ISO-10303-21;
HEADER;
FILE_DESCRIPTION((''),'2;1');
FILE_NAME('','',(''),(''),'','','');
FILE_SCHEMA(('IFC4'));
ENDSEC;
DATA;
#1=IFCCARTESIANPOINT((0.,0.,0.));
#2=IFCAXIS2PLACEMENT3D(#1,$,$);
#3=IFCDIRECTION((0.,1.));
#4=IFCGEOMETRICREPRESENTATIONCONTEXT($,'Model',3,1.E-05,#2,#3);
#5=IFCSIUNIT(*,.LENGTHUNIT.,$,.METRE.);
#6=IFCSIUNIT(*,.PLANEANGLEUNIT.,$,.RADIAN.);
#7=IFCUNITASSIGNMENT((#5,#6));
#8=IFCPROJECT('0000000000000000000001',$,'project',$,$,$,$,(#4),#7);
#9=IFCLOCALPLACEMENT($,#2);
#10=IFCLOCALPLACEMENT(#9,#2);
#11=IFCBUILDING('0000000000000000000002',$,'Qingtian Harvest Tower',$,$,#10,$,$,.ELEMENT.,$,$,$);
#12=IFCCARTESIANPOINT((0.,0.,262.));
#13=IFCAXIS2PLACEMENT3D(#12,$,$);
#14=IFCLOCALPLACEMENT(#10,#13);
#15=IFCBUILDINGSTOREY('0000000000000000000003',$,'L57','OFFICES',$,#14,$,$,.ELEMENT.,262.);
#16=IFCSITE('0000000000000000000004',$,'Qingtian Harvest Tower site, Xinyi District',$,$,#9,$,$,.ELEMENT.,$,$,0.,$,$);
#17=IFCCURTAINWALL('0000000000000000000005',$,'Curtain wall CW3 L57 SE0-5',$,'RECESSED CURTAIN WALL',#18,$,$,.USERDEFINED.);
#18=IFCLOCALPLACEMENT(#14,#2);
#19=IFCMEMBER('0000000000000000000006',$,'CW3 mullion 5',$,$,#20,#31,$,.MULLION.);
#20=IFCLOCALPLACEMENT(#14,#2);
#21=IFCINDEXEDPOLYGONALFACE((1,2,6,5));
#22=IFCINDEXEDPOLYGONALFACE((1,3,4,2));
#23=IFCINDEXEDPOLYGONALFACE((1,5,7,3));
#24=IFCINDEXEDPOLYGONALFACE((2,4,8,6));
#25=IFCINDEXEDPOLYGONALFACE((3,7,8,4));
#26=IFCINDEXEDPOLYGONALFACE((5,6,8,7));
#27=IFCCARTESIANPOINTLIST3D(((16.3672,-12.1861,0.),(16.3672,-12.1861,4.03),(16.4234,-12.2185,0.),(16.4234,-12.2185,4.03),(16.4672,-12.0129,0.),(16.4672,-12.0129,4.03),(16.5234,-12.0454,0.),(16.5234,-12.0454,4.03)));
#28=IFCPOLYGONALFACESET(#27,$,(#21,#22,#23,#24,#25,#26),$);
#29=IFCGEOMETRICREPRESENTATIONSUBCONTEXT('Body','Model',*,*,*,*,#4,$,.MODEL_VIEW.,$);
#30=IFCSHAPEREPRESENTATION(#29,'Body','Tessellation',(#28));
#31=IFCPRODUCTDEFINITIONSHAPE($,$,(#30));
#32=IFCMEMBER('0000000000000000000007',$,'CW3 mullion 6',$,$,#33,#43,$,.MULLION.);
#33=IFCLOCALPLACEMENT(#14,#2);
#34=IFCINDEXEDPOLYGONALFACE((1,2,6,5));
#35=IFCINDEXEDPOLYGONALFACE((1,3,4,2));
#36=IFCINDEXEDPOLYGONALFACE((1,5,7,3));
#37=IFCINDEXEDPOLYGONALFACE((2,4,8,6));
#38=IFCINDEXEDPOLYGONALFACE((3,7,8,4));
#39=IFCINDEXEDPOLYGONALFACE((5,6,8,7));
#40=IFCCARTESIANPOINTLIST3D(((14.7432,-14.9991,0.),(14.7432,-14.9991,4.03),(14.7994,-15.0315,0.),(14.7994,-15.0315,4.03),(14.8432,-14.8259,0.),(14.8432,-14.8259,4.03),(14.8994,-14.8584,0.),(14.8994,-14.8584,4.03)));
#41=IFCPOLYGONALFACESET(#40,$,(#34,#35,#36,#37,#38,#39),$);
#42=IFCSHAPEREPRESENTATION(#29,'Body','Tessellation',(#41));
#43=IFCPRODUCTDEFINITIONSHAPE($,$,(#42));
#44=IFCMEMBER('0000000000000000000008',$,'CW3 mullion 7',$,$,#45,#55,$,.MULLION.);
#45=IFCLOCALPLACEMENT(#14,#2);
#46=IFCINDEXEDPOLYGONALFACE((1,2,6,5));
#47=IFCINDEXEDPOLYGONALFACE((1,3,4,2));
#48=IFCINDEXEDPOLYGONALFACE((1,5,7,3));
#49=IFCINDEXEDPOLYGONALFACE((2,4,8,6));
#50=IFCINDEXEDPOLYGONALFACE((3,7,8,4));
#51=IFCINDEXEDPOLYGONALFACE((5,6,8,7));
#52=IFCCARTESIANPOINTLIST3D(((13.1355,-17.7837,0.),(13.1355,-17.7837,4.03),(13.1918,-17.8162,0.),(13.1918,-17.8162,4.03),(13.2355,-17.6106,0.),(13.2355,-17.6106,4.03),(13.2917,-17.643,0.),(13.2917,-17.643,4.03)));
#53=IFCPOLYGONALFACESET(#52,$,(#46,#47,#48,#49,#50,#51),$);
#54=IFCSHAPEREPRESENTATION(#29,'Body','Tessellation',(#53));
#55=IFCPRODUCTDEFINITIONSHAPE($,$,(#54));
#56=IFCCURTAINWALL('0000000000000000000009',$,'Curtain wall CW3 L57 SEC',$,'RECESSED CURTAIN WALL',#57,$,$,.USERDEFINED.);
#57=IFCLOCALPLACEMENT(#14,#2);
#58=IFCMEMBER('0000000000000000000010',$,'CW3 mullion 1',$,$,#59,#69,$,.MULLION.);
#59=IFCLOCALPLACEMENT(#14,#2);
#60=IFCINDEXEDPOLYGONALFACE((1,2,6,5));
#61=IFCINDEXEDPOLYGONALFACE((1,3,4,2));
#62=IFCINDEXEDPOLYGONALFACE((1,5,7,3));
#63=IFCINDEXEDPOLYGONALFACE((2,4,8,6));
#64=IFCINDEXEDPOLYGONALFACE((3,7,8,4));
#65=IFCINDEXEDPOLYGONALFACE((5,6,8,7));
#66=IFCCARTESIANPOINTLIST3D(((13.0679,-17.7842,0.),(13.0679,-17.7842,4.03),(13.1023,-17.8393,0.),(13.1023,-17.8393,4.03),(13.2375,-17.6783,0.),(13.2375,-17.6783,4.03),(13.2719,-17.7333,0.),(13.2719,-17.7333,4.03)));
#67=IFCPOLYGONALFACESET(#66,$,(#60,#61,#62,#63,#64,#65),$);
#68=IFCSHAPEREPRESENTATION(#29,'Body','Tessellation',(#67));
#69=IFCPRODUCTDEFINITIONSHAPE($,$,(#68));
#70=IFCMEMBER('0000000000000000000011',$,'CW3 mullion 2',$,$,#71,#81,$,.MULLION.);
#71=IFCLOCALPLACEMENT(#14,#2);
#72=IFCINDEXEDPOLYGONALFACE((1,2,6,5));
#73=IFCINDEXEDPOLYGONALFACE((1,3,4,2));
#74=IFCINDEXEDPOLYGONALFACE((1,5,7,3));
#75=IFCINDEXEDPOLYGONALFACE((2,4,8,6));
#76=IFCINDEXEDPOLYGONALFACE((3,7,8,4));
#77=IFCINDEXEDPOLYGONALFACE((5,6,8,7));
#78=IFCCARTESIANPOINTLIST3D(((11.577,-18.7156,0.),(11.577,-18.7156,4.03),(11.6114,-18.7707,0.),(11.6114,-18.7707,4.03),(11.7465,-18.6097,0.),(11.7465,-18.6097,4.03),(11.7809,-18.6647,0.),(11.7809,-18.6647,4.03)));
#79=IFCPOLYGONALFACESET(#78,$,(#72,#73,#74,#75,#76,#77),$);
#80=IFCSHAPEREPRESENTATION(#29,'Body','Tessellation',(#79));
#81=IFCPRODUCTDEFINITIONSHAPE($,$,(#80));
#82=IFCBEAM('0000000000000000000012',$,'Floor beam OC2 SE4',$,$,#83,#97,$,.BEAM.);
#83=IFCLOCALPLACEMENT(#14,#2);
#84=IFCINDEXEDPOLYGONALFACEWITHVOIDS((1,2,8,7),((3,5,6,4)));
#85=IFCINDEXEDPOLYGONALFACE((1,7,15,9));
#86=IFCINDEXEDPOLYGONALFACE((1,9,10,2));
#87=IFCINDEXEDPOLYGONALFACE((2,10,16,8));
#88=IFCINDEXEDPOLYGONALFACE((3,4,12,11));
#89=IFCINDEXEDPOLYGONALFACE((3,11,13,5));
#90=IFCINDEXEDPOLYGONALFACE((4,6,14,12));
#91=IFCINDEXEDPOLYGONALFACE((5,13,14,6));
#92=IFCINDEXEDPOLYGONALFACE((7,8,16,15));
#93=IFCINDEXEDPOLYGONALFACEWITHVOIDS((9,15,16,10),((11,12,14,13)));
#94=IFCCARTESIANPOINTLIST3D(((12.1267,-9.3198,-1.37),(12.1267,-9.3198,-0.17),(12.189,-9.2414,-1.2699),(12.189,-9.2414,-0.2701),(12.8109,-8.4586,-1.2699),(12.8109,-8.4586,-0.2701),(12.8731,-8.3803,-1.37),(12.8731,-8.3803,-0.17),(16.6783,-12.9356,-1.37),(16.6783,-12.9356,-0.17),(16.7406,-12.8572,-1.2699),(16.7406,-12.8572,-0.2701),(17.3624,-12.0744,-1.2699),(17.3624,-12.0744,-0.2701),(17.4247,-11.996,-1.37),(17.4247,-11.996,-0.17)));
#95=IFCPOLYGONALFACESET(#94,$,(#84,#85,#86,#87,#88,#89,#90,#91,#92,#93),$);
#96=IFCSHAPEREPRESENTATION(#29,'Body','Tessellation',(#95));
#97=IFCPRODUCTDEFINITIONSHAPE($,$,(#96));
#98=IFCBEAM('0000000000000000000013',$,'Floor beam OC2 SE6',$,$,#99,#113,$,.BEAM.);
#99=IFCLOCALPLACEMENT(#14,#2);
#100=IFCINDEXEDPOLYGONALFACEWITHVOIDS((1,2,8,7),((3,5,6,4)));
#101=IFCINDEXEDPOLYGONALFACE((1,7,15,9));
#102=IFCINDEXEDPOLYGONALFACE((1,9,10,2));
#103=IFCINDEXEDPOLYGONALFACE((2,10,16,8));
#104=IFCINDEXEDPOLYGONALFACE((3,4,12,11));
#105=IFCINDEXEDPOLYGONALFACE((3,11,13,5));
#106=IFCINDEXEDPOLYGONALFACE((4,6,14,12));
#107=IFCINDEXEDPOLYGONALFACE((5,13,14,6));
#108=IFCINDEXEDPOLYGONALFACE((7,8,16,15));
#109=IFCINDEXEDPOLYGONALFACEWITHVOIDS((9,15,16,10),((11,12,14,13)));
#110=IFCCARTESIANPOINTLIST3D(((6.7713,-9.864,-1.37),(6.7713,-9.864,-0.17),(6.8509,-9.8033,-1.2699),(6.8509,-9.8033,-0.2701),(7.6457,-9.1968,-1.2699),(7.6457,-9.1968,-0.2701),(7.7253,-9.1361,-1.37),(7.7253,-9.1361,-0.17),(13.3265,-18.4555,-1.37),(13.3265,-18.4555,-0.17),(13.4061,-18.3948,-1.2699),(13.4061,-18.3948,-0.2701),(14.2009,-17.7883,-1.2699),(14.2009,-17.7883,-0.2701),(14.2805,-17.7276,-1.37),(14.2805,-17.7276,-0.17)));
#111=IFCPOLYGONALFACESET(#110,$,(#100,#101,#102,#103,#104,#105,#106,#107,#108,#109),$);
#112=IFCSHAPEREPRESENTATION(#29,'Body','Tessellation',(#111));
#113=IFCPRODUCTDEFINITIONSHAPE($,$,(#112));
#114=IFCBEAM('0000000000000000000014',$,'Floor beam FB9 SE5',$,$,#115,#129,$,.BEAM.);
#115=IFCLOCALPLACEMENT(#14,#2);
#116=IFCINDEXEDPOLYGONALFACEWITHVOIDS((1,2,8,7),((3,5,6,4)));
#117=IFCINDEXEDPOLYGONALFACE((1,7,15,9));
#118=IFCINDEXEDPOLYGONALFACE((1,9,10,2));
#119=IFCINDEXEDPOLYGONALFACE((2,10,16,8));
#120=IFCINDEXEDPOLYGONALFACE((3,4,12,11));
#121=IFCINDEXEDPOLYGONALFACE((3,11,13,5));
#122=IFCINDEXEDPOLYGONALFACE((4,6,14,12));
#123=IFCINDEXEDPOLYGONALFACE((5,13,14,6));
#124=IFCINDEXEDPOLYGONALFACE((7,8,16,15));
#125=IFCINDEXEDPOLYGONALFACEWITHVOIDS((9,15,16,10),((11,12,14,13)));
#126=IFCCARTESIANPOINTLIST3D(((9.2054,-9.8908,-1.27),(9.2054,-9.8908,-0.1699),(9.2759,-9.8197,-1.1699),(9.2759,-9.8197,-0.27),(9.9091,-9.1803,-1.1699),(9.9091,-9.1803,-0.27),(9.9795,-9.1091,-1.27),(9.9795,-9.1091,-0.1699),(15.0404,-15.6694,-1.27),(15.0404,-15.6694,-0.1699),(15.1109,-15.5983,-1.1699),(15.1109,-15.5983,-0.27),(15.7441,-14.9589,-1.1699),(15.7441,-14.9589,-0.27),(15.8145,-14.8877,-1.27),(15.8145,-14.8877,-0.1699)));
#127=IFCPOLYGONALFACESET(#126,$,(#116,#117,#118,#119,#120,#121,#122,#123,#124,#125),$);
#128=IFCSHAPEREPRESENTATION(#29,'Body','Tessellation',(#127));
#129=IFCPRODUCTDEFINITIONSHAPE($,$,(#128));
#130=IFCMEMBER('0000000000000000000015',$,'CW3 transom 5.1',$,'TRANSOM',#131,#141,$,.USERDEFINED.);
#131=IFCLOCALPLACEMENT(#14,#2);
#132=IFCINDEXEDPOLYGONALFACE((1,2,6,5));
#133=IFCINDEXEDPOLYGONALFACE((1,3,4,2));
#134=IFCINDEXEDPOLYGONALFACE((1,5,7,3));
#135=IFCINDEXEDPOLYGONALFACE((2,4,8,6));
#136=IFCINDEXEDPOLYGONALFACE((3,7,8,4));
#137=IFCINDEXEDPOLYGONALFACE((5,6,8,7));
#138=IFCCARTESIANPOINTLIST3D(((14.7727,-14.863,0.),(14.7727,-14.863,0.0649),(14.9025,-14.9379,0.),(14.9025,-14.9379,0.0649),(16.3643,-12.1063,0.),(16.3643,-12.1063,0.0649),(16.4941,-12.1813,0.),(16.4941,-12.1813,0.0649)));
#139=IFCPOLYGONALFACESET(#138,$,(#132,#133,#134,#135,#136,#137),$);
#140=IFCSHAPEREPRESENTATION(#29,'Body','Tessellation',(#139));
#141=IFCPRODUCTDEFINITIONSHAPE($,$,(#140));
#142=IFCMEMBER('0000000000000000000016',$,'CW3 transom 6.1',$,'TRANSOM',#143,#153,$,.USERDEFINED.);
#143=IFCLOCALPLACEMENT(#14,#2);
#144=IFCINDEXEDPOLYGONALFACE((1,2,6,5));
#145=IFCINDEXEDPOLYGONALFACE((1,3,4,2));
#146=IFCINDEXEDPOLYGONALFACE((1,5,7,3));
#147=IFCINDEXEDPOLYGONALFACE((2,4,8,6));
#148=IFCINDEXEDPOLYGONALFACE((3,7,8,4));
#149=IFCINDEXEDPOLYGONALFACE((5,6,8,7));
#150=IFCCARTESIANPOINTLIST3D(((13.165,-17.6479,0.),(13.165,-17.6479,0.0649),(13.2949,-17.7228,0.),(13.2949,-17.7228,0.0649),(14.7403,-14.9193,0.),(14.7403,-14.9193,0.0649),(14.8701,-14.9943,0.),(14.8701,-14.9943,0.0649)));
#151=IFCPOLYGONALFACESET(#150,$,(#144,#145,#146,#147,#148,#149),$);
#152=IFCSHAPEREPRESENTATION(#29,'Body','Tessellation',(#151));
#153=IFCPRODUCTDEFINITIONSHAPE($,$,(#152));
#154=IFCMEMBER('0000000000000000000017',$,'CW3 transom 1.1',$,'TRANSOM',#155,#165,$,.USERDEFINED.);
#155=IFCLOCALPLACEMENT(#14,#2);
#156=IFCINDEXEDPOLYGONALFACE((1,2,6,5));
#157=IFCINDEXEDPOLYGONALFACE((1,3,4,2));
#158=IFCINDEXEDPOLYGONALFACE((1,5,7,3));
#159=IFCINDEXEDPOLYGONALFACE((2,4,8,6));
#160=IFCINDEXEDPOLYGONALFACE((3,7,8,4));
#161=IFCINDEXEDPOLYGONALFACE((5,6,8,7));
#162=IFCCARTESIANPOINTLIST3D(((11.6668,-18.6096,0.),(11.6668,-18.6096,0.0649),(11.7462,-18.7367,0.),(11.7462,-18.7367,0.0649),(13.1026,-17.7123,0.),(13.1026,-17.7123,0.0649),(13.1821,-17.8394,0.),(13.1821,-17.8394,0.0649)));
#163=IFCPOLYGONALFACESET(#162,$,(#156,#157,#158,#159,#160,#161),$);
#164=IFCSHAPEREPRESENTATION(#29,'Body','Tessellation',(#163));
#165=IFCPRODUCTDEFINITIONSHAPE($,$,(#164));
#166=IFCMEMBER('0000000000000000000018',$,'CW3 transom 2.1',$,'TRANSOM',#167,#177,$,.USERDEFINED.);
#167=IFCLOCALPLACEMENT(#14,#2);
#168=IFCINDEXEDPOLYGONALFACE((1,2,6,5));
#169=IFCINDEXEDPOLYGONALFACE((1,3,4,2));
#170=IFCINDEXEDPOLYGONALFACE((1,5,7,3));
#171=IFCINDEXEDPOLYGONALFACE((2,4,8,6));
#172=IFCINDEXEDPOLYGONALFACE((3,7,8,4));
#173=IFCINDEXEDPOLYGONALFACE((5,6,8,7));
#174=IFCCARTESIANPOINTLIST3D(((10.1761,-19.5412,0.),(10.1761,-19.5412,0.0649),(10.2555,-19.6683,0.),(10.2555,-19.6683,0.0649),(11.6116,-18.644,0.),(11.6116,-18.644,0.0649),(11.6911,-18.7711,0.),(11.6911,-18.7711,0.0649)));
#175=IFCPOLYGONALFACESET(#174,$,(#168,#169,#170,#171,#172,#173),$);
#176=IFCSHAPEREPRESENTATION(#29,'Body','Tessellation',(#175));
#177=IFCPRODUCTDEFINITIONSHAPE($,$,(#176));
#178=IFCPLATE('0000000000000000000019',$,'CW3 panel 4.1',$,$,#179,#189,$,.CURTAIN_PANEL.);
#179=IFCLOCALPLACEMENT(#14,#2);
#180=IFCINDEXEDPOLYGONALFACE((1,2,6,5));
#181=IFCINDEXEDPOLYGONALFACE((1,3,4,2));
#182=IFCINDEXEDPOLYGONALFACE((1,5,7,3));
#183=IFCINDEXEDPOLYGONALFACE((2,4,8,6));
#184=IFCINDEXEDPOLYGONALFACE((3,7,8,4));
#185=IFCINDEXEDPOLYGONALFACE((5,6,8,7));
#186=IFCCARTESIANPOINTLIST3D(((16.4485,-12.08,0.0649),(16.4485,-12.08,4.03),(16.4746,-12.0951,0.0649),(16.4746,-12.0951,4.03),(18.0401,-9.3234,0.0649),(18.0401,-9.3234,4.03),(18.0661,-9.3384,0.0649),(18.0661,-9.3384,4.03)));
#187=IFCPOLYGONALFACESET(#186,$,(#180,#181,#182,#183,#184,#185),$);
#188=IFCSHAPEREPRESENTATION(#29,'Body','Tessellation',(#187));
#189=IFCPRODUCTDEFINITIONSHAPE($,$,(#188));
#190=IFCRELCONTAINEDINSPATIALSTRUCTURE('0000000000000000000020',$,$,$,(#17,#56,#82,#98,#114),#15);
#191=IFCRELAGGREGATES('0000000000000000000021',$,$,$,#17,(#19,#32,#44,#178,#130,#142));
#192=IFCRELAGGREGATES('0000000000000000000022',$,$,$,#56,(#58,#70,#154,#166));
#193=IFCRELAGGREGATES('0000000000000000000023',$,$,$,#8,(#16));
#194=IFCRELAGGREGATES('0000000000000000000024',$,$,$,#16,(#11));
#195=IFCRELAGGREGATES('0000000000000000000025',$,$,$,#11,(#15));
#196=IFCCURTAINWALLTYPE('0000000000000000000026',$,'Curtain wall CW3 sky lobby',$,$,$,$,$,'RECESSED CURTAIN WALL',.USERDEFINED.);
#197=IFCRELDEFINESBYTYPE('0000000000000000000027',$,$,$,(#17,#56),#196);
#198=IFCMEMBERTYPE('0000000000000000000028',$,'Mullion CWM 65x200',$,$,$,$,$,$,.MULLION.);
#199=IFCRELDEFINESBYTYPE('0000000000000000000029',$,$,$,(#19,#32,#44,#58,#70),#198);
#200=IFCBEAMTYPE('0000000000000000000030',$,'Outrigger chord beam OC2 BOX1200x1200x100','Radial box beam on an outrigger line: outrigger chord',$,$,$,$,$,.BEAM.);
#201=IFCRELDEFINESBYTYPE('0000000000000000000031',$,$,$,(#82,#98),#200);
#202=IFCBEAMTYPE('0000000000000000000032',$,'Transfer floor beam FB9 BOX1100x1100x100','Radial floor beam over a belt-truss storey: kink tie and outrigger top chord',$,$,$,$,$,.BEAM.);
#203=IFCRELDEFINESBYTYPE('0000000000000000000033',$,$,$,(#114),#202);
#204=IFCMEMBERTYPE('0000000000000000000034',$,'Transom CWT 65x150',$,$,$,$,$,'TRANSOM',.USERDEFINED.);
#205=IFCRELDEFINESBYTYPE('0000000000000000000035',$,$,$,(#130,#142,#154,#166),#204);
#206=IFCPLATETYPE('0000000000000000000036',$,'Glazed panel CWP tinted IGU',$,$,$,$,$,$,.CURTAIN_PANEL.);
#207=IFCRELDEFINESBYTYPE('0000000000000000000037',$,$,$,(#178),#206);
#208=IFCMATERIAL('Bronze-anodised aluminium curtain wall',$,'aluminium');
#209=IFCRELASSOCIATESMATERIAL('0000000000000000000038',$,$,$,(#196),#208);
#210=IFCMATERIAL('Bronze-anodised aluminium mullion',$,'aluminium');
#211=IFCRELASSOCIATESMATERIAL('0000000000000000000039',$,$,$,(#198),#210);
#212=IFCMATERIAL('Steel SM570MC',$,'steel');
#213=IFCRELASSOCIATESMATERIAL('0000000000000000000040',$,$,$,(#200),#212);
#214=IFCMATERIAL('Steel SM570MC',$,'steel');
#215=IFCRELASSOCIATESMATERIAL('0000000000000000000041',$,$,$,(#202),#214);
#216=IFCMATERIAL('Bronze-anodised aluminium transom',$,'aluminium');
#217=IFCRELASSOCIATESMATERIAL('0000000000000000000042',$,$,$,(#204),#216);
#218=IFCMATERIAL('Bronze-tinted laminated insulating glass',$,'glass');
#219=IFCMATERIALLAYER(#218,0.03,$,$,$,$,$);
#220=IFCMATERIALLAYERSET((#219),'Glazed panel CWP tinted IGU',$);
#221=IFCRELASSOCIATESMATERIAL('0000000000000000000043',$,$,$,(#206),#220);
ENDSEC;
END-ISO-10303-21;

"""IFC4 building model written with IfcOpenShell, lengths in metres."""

from ifc_helpers import new_model, si_unit, direction, frame, origin, origin_2d, place, context, subcontext, project, spatial, rectangle, hollow_rectangle, extrude, material, layer, layer_set, material_profile, profile_set, type_object, element, aggregate, save


model = new_model("IFC4")

# Units and contexts
model_context = context("Model", 3, precision=1e-05, world=origin(), true_north=direction((0.0, 1.0)))
body_context = subcontext(model_context, "Body", "Model", "MODEL_VIEW")
ifc_project = project(units=[si_unit("LENGTHUNIT", "METRE"), si_unit("PLANEANGLEUNIT", "RADIAN")], contexts=[model_context])

# Site, building, storey
site_placement = place(None, origin())
site = spatial("IfcSite", under=ifc_project, at=site_placement, Name="Qingtian Harvest Tower site, Xinyi District", CompositionType="ELEMENT", RefElevation=0.0)
building_placement = place(site_placement, origin())
building = spatial("IfcBuilding", under=site, at=building_placement, Name="Qingtian Harvest Tower", CompositionType="ELEMENT")
storey_placement = place(building_placement, frame((0.0, 0.0, 262.0)))
storey = spatial("IfcBuildingStorey", under=building, at=storey_placement, Name="L57", Description="OFFICES", CompositionType="ELEMENT", Elevation=262.0)

# Curtain walls, members
ifc_material_1 = material(Name="Bronze-anodised aluminium curtain wall", Category="aluminium")
curtain_wall_type = type_object("IfcCurtainWallType", Name="Curtain wall CW3 sky lobby", ElementType="RECESSED CURTAIN WALL", PredefinedType="USERDEFINED", material=ifc_material_1)
curtain_wall_1_placement = place(storey_placement, origin())
curtain_wall_1 = element("IfcCurtainWall", 1, at=curtain_wall_1_placement, inside=storey, type_object=curtain_wall_type, Name="Curtain wall CW3 L57 SE0-5", ObjectType="RECESSED CURTAIN WALL", PredefinedType="USERDEFINED")
ifc_material_2 = material(Name="Bronze-anodised aluminium mullion", Category="aluminium")
ifc_material_profile_1 = material_profile(ifc_material_2, rectangle(XDim=0.0649, YDim=0.2, at=origin_2d()), Name="AL 65x200")
ifc_profile_set_1 = profile_set([ifc_material_profile_1], Name="Bronze-anodised aluminium mullion")
member_type_1 = type_object("IfcMemberType", Name="Mullion CWM 65x200", PredefinedType="MULLION", material=ifc_profile_set_1)
member_1_placement = place(storey_placement, frame((16.4453, -12.1157, 0.0), z_axis=(0.0, 0.0, 1.0), x_axis=(0.866025, -0.5, 0.0)))
member_1 = element("IfcMember", 2, at=member_1_placement, type_object=member_type_1, Name="CW3 mullion 5", PredefinedType="MULLION", context=body_context, shape_type="SweptSolid", body=[
    extrude(rectangle(XDim=0.0649, YDim=0.2, at=origin_2d()), origin(), (0.0, 0.0, 1.0), 4.03),
])
member_2_placement = place(storey_placement, frame((14.8213, -14.9287, 0.0), z_axis=(0.0, 0.0, 1.0), x_axis=(0.866025, -0.5, 0.0)))
member_2 = element("IfcMember", 3, at=member_2_placement, type_object=member_type_1, Name="CW3 mullion 6", PredefinedType="MULLION", context=body_context, shape_type="SweptSolid", body=[
    extrude(rectangle(XDim=0.0649, YDim=0.2, at=origin_2d()), origin(), (0.0, 0.0, 1.0), 4.03),
])
member_3_placement = place(storey_placement, frame((13.2136, -17.7134, 0.0), z_axis=(0.0, 0.0, 1.0), x_axis=(0.866025, -0.5, 0.0)))
member_3 = element("IfcMember", 4, at=member_3_placement, type_object=member_type_1, Name="CW3 mullion 7", PredefinedType="MULLION", context=body_context, shape_type="SweptSolid", body=[
    extrude(rectangle(XDim=0.0649, YDim=0.2, at=origin_2d()), origin(), (0.0, 0.0, 1.0), 4.03),
])
curtain_wall_2_placement = place(storey_placement, origin())
curtain_wall_2 = element("IfcCurtainWall", 5, at=curtain_wall_2_placement, inside=storey, type_object=curtain_wall_type, Name="Curtain wall CW3 L57 SEC", ObjectType="RECESSED CURTAIN WALL", PredefinedType="USERDEFINED")
member_4_placement = place(storey_placement, frame((13.1699, -17.7588, 0.0), z_axis=(0.0, 0.0, 1.0), x_axis=(0.529919, -0.848048, 0.0)))
member_4 = element("IfcMember", 6, at=member_4_placement, type_object=member_type_1, Name="CW3 mullion 1", PredefinedType="MULLION", context=body_context, shape_type="SweptSolid", body=[
    extrude(rectangle(XDim=0.0649, YDim=0.2, at=origin_2d()), origin(), (0.0, 0.0, 1.0), 4.03),
])
member_5_placement = place(storey_placement, frame((11.679, -18.6902, 0.0), z_axis=(0.0, 0.0, 1.0), x_axis=(0.529919, -0.848048, 0.0)))
member_5 = element("IfcMember", 7, at=member_5_placement, type_object=member_type_1, Name="CW3 mullion 2", PredefinedType="MULLION", context=body_context, shape_type="SweptSolid", body=[
    extrude(rectangle(XDim=0.0649, YDim=0.2, at=origin_2d()), origin(), (0.0, 0.0, 1.0), 4.03),
])

# Beams
ifc_material_3 = material(Name="Steel SM570MC", Category="steel")
ifc_material_profile_2 = material_profile(ifc_material_3, hollow_rectangle(XDim=1.2, YDim=1.2, WallThickness=0.1001, at=origin_2d()), Name="BOX1200x1200x100")
ifc_profile_set_2 = profile_set([ifc_material_profile_2], Name="Steel SM570MC")
beam_type_1 = type_object("IfcBeamType", Name="Outrigger chord beam OC2 BOX1200x1200x100", Description="Radial box beam on an outrigger line: outrigger chord", PredefinedType="BEAM", material=ifc_profile_set_2)
beam_1_placement = place(storey_placement, frame((17.0515, -12.4658, -0.77), z_axis=(-0.783003, 0.622018, 0.0), x_axis=(-0.622018, -0.783003, 0.0)))
element("IfcBeam", 8, at=beam_1_placement, inside=storey, type_object=beam_type_1, Name="Floor beam OC2 SE4", PredefinedType="BEAM", context=body_context, shape_type="SweptSolid", body=[
    extrude(hollow_rectangle(XDim=1.2, YDim=1.2, WallThickness=0.1001, at=origin_2d()), origin(), (0.0, 0.0, 1.0), 5.813),
])
beam_2_placement = place(storey_placement, frame((13.8035, -18.0916, -0.77), z_axis=(-0.606584, 0.79502, 0.0), x_axis=(-0.79502, -0.606584, 0.0)))
element("IfcBeam", 9, at=beam_2_placement, inside=storey, type_object=beam_type_1, Name="Floor beam OC2 SE6", PredefinedType="BEAM", context=body_context, shape_type="SweptSolid", body=[
    extrude(hollow_rectangle(XDim=1.2, YDim=1.2, WallThickness=0.1001, at=origin_2d()), origin(), (0.0, 0.0, 1.0), 10.8066),
])
ifc_material_4 = material(Name="Steel SM570MC", Category="steel")
ifc_material_profile_3 = material_profile(ifc_material_4, hollow_rectangle(XDim=1.1001, YDim=1.1001, WallThickness=0.1001, at=origin_2d()), Name="BOX1100x1100x100")
ifc_profile_set_3 = profile_set([ifc_material_profile_3], Name="Steel SM570MC")
beam_type_2 = type_object("IfcBeamType", Name="Transfer floor beam FB9 BOX1100x1100x100", Description="Radial floor beam over a belt-truss storey: kink tie and outrigger top chord", PredefinedType="BEAM", material=ifc_profile_set_3)
beam_3_placement = place(storey_placement, frame((15.4275, -15.2786, -0.72), z_axis=(-0.710532, 0.703665, 0.0), x_axis=(-0.703665, -0.710532, 0.0)))
element("IfcBeam", 10, at=beam_3_placement, inside=storey, type_object=beam_type_2, Name="Floor beam FB9 SE5", PredefinedType="BEAM", context=body_context, shape_type="SweptSolid", body=[
    extrude(hollow_rectangle(XDim=1.1001, YDim=1.1001, WallThickness=0.1001, at=origin_2d()), origin(), (0.0, 0.0, 1.0), 8.2122),
])

# Members
ifc_material_5 = material(Name="Bronze-anodised aluminium transom", Category="aluminium")
ifc_material_profile_4 = material_profile(ifc_material_5, rectangle(XDim=0.1499, YDim=0.0649, at=origin_2d()), Name="AL 65x150")
ifc_profile_set_4 = profile_set([ifc_material_profile_4], Name="Bronze-anodised aluminium transom")
member_type_2 = type_object("IfcMemberType", Name="Transom CWT 65x150", ElementType="TRANSOM", PredefinedType="USERDEFINED", material=ifc_profile_set_4)
member_6_placement = place(storey_placement, frame((16.4292, -12.1438, 0.0325), z_axis=(-0.500008, -0.866021, 0.0), x_axis=(0.866021, -0.500008, 0.0)))
member_6 = element("IfcMember", 11, at=member_6_placement, type_object=member_type_2, Name="CW3 transom 5.1", ObjectType="TRANSOM", PredefinedType="USERDEFINED", context=body_context, shape_type="SweptSolid", body=[
    extrude(rectangle(XDim=0.1499, YDim=0.0649, at=origin_2d()), origin(), (0.0, 0.0, 1.0), 3.1831),
])
member_7_placement = place(storey_placement, frame((14.8052, -14.9568, 0.0325), z_axis=(-0.499973, -0.866041, 0.0), x_axis=(0.866041, -0.499973, 0.0)))
member_7 = element("IfcMember", 12, at=member_7_placement, type_object=member_type_2, Name="CW3 transom 6.1", ObjectType="TRANSOM", PredefinedType="USERDEFINED", context=body_context, shape_type="SweptSolid", body=[
    extrude(rectangle(XDim=0.1499, YDim=0.0649, at=origin_2d()), origin(), (0.0, 0.0, 1.0), 3.1506),
])
member_8_placement = place(storey_placement, frame((13.1423, -17.7759, 0.0325), z_axis=(-0.848039, -0.529934, 0.0), x_axis=(0.529934, -0.848039, 0.0)))
member_8 = element("IfcMember", 13, at=member_8_placement, type_object=member_type_2, Name="CW3 transom 1.1", ObjectType="TRANSOM", PredefinedType="USERDEFINED", context=body_context, shape_type="SweptSolid", body=[
    extrude(rectangle(XDim=0.1499, YDim=0.0649, at=origin_2d()), origin(), (0.0, 0.0, 1.0), 1.6931),
])
member_9_placement = place(storey_placement, frame((11.6514, -18.7075, 0.0325), z_axis=(-0.847998, -0.529999, 0.0), x_axis=(0.529999, -0.847998, 0.0)))
member_9 = element("IfcMember", 14, at=member_9_placement, type_object=member_type_2, Name="CW3 transom 2.1", ObjectType="TRANSOM", PredefinedType="USERDEFINED", context=body_context, shape_type="SweptSolid", body=[
    extrude(rectangle(XDim=0.1499, YDim=0.0649, at=origin_2d()), origin(), (0.0, 0.0, 1.0), 1.6929),
])

# Plate
ifc_material_6 = material(Name="Bronze-tinted laminated insulating glass", Category="glass")
ifc_layer_1 = layer(ifc_material_6, 0.03)
ifc_layer_set_1 = layer_set([ifc_layer_1], Name="Glazed panel CWP tinted IGU")
plate_type = type_object("IfcPlateType", Name="Glazed panel CWP tinted IGU", PredefinedType="CURTAIN_PANEL", material=ifc_layer_set_1)
plate_1_placement = place(storey_placement, frame((17.2573, -10.7092, 0.0649), z_axis=(0.0, 0.0, 1.0), x_axis=(-0.5, -0.866025, 0.0)))
plate_1 = element("IfcPlate", 15, at=plate_1_placement, type_object=plate_type, Name="CW3 panel 4.1", PredefinedType="CURTAIN_PANEL", context=body_context, shape_type="SweptSolid", body=[
    extrude(rectangle(XDim=3.1831, YDim=0.03, at=origin_2d()), origin(), (0.0, 0.0, 1.0), 3.9651),
])
aggregate(curtain_wall_1, [member_1, member_2, member_3, plate_1, member_6, member_7])
aggregate(curtain_wall_2, [member_4, member_5, member_8, member_9])

save(model, "model.ifc")
